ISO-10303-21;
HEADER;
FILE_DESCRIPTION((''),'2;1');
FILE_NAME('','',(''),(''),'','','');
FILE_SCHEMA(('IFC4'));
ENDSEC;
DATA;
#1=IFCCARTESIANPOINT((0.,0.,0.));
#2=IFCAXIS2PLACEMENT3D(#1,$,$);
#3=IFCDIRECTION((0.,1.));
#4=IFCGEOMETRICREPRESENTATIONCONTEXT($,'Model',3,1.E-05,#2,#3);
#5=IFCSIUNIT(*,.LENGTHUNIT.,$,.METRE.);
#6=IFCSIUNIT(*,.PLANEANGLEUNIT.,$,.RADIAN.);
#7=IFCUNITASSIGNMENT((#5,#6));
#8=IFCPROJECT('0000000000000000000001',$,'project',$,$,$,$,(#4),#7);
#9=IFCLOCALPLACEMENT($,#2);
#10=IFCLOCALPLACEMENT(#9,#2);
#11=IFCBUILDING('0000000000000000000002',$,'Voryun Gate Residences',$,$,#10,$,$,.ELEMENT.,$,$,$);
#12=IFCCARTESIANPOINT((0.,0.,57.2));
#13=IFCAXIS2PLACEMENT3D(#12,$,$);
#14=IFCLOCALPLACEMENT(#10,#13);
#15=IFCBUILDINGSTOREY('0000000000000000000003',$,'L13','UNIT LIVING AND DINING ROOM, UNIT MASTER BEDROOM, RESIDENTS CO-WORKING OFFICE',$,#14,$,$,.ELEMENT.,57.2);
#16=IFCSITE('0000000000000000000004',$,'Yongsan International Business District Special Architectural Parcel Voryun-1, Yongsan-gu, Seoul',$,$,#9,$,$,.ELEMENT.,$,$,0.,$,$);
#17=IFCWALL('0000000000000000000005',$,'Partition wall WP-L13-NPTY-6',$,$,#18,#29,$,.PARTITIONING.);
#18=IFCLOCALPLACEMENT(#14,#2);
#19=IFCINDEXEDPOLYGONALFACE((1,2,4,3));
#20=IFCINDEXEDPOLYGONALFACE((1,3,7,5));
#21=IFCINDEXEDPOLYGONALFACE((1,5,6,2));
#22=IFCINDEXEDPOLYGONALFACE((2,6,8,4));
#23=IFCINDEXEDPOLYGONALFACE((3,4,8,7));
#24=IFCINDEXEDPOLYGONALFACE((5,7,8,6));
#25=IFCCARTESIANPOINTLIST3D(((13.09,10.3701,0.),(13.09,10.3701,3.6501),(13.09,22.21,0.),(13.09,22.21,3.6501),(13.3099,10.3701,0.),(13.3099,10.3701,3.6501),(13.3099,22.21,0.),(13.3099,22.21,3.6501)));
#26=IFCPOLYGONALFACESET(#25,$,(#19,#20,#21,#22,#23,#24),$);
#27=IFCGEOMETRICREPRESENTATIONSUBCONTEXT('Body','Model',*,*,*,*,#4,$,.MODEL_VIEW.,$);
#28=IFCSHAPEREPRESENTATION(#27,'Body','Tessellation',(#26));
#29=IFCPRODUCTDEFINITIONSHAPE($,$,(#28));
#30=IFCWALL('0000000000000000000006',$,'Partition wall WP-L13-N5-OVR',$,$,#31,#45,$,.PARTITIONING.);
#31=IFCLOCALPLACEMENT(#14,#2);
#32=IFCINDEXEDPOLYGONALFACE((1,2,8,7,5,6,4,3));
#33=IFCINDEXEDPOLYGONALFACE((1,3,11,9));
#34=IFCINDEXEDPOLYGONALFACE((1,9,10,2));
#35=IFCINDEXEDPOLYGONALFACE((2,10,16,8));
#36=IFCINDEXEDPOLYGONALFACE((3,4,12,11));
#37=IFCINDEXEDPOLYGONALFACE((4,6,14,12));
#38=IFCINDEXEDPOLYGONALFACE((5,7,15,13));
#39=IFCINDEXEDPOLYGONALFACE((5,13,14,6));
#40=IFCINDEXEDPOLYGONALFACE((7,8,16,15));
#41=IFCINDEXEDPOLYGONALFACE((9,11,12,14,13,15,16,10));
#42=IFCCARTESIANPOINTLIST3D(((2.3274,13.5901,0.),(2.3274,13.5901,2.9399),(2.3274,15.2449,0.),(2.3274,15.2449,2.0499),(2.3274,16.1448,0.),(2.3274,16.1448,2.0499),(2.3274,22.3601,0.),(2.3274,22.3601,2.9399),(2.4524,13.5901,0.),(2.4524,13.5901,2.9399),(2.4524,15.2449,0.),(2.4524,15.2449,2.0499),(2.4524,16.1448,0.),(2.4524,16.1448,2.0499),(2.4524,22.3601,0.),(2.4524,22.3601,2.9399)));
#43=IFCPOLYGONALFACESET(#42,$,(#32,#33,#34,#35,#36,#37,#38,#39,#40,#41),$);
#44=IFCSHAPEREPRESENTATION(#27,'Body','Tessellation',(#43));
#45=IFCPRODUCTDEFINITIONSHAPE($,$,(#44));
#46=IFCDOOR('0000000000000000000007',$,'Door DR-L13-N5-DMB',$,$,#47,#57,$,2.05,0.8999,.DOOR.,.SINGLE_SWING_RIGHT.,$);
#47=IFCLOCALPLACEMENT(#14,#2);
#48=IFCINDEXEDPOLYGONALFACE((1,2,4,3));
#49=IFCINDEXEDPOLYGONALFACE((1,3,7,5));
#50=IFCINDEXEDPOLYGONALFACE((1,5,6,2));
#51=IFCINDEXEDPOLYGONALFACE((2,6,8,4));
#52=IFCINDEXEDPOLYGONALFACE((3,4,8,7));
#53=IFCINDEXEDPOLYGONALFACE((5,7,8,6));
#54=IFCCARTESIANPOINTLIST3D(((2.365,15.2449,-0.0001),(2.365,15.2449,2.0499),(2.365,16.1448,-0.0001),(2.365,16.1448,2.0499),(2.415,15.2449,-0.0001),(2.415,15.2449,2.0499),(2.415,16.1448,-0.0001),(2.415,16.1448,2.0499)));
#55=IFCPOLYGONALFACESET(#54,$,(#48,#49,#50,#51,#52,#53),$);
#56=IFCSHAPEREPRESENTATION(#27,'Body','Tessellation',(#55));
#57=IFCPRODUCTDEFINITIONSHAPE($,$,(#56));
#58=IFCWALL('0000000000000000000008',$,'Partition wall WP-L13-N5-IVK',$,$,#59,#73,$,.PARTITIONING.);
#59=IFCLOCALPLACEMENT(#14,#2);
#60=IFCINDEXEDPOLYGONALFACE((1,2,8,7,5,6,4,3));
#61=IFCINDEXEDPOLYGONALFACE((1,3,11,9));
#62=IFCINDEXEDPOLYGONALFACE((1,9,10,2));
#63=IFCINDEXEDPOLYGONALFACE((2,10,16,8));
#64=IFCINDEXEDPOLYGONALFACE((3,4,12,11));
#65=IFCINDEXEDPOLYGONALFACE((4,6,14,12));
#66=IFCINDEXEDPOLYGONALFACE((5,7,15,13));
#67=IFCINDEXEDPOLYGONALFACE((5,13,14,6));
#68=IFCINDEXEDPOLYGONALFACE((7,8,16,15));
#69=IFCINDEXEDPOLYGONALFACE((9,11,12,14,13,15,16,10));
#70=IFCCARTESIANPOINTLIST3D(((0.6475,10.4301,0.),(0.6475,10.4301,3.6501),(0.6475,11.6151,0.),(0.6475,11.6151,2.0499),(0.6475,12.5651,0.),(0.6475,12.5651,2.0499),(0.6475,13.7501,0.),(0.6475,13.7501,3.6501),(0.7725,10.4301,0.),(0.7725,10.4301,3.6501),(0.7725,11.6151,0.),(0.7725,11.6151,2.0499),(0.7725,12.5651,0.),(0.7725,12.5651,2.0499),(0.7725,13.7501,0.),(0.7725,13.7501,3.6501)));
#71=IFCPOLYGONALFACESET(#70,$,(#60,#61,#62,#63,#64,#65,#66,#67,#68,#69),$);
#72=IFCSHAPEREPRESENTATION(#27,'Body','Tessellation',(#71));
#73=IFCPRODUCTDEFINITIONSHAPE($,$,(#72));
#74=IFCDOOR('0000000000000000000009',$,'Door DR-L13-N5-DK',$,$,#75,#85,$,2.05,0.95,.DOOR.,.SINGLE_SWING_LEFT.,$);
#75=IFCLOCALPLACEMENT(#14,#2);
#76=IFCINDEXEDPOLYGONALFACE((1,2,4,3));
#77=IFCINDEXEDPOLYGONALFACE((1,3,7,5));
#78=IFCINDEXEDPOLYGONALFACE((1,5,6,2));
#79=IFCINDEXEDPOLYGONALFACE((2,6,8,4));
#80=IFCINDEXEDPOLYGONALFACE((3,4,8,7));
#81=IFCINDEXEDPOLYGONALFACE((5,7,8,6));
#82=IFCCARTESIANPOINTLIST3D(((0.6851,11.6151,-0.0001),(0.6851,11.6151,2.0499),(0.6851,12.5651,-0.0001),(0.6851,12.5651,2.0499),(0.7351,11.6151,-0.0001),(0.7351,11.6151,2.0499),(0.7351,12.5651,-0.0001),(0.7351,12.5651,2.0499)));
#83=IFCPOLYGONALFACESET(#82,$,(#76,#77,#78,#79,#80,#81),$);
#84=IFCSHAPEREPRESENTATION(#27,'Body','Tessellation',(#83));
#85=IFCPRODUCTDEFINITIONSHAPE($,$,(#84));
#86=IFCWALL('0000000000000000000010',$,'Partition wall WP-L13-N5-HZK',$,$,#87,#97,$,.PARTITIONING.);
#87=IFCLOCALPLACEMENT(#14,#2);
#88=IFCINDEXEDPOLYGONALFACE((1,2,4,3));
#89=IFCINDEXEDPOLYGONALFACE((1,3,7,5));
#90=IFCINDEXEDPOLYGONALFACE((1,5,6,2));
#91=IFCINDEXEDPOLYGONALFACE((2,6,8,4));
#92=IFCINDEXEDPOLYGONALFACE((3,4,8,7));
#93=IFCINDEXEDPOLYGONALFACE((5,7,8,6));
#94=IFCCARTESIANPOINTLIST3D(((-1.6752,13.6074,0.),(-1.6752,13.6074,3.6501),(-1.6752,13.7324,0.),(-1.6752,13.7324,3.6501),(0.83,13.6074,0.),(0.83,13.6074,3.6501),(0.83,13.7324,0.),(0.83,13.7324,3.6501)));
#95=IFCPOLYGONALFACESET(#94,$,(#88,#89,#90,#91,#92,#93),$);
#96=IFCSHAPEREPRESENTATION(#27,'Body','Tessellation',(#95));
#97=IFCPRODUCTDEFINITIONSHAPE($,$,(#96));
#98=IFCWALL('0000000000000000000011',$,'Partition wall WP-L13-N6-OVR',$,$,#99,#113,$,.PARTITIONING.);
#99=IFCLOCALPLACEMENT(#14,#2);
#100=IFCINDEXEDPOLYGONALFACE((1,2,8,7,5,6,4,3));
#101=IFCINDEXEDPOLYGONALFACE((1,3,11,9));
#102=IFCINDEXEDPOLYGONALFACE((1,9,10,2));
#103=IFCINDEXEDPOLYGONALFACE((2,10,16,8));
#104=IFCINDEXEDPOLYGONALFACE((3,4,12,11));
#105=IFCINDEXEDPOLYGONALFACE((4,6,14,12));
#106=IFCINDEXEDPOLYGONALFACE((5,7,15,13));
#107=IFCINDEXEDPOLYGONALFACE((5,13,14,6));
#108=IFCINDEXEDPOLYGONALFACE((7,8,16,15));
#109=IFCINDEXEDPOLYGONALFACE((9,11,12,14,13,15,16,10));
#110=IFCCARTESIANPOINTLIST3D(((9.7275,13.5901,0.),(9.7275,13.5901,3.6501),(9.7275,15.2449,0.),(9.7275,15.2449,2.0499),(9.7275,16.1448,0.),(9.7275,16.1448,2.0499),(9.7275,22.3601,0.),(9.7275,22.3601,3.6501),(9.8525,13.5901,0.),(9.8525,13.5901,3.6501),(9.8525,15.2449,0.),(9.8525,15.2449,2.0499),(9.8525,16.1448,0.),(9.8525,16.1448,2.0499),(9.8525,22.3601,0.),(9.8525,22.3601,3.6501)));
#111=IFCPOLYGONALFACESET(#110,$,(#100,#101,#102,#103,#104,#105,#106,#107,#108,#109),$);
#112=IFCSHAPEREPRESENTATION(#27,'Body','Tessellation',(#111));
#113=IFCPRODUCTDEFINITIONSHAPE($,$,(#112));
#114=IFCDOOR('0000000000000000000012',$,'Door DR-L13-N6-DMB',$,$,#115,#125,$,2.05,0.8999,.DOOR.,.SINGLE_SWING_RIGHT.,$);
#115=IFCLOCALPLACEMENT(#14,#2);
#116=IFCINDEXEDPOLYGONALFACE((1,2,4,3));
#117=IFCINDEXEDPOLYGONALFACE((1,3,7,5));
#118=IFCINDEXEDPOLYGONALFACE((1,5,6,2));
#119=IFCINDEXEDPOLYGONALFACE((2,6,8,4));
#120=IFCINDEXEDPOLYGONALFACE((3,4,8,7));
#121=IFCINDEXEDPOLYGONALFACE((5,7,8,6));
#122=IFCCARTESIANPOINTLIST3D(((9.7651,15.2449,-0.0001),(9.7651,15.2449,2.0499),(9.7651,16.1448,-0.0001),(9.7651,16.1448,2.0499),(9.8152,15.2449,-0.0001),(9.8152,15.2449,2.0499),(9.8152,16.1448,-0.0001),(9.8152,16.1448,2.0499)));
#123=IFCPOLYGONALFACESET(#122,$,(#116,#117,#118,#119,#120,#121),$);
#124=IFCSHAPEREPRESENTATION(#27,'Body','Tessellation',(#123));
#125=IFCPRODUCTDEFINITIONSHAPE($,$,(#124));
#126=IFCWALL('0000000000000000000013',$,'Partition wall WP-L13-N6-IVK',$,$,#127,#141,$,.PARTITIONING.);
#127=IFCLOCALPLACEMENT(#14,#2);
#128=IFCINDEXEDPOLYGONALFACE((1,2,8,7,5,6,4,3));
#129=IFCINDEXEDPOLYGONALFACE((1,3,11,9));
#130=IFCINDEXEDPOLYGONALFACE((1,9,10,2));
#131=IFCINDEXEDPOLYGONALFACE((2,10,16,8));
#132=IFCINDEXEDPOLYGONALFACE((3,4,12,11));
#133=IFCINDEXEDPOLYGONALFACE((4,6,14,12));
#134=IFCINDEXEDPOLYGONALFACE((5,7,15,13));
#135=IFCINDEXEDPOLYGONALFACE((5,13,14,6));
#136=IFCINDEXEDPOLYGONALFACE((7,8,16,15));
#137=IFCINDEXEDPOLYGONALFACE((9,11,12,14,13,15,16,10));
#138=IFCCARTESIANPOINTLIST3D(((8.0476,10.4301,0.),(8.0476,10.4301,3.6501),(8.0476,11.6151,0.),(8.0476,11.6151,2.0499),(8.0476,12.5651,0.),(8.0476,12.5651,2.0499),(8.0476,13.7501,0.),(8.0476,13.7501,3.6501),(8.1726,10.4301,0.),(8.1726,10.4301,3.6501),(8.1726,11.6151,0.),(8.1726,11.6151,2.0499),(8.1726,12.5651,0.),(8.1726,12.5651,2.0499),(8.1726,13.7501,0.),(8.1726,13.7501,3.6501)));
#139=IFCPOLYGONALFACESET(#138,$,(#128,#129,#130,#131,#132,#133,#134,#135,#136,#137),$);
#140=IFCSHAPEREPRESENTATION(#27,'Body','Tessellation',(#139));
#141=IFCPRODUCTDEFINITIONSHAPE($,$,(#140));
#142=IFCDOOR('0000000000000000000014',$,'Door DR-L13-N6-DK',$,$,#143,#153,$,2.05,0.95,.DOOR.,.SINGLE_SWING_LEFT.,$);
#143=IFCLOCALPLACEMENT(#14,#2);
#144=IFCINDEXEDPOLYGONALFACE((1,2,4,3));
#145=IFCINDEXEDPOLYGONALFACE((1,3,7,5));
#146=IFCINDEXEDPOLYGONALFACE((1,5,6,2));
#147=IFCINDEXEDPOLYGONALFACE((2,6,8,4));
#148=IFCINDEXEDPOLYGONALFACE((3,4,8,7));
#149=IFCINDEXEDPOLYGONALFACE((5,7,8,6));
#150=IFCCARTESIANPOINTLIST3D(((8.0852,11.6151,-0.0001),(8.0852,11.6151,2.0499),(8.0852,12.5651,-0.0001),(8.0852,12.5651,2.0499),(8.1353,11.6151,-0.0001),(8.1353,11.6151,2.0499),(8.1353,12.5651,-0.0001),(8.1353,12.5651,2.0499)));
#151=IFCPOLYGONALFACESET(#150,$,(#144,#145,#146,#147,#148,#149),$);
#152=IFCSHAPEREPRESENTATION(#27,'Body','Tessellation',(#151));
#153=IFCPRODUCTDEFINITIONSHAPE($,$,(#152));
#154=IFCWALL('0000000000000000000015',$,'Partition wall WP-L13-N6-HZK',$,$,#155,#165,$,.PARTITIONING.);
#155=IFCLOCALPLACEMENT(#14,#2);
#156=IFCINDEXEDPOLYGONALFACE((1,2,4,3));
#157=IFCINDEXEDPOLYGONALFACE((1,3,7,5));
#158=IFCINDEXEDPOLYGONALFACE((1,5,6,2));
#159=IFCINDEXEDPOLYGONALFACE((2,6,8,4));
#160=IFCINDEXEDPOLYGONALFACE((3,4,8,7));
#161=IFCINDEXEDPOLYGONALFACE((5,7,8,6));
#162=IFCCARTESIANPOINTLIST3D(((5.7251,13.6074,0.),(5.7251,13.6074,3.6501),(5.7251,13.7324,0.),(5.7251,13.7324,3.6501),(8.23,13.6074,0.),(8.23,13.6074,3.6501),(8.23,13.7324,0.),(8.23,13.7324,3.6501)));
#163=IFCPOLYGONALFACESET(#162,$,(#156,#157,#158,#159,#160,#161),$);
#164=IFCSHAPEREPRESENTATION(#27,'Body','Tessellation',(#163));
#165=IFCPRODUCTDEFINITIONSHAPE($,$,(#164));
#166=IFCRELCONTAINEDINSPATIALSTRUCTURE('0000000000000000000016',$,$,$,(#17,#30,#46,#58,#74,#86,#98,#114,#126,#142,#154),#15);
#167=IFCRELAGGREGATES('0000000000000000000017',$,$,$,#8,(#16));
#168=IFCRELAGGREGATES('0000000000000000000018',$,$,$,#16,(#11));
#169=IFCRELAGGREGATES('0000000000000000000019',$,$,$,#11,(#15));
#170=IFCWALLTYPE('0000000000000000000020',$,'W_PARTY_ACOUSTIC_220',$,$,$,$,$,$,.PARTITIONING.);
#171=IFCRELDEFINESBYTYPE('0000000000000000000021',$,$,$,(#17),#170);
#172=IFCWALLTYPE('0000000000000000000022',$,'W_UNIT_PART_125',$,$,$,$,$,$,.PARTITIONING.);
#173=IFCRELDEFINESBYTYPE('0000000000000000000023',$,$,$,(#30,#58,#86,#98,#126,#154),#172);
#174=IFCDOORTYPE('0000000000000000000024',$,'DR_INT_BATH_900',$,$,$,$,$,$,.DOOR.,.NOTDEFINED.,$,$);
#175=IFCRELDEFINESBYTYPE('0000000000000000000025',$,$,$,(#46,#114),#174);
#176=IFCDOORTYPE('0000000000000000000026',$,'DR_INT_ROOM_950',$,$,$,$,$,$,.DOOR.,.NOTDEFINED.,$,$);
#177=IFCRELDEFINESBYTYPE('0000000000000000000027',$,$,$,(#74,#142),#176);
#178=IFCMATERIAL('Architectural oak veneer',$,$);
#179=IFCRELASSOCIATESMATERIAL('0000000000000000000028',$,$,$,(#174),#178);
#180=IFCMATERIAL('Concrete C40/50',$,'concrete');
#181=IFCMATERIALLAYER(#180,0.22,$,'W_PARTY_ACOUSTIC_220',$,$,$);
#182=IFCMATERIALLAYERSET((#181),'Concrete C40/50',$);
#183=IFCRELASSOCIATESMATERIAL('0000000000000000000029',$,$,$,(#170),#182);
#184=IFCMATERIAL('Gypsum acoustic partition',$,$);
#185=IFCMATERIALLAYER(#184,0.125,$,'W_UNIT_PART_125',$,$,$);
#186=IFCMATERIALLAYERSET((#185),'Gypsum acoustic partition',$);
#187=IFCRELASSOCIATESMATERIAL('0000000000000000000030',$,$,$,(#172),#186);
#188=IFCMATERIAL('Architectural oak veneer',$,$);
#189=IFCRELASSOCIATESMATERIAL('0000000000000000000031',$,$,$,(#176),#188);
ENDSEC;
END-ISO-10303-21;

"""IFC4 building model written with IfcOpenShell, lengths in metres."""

from ifc_helpers import new_model, si_unit, direction, frame, frame_2d, origin, place, context, subcontext, project, spatial, rectangle, extrude, material, layer, layer_set, type_object, element, fill, save


model = new_model("IFC4")

# Units and contexts
model_context = context("Model", 3, precision=1e-05, world=origin(), true_north=direction((0.0, 1.0)))
body_context = subcontext(model_context, "Body", "Model", "MODEL_VIEW")
ifc_project = project(units=[si_unit("LENGTHUNIT", "METRE"), si_unit("PLANEANGLEUNIT", "RADIAN")], contexts=[model_context])

# Site, building, storey
site_placement = place(None, origin())
site = spatial("IfcSite", under=ifc_project, at=site_placement, Name="Yongsan International Business District Special Architectural Parcel Voryun-1, Yongsan-gu, Seoul", CompositionType="ELEMENT", RefElevation=0.0)
building_placement = place(site_placement, origin())
building = spatial("IfcBuilding", under=site, at=building_placement, Name="Voryun Gate Residences", CompositionType="ELEMENT")
storey_placement = place(building_placement, frame((0.0, 0.0, 57.2)))
storey = spatial("IfcBuildingStorey", under=building, at=storey_placement, Name="L13", Description="UNIT LIVING AND DINING ROOM, UNIT MASTER BEDROOM, RESIDENTS CO-WORKING OFFICE", CompositionType="ELEMENT", Elevation=57.2)

# Shared definitions
ifc_material_1 = material(Name="Architectural oak veneer")
door_type_1 = type_object("IfcDoorType", Name="DR_INT_BATH_900", OperationType="NOTDEFINED", PredefinedType="DOOR", material=ifc_material_1)

# Wall
ifc_material_2 = material(Name="Concrete C40/50", Category="concrete")
ifc_layer_1 = layer(ifc_material_2, 0.22, Name="W_PARTY_ACOUSTIC_220")
ifc_layer_set_1 = layer_set([ifc_layer_1], Name="Concrete C40/50")
wall_type_1 = type_object("IfcWallType", Name="W_PARTY_ACOUSTIC_220", PredefinedType="PARTITIONING", material=ifc_layer_set_1)
for number, where, z_axis, x_axis, name in (
    (1, (13.2, 10.3701, 0.0), (0.0, 0.0, 1.0), (0.0, 1.0, 0.0), "Partition wall WP-L13-NPTY-6"),
):
    element("IfcWall", number, at=place(storey_placement, frame(where, z_axis=z_axis, x_axis=x_axis)), inside=storey, type_object=wall_type_1, Name=name, PredefinedType="PARTITIONING", context=body_context, shape_type="SweptSolid", body=[
        extrude(rectangle(XDim=11.8398, YDim=0.22, at=frame_2d((5.9199, 0.0))), origin(), (0.0, 0.0, 1.0), 3.6501),
    ])

# Walls, openings, doors
ifc_material_3 = material(Name="Gypsum acoustic partition")
ifc_layer_2 = layer(ifc_material_3, 0.125, Name="W_UNIT_PART_125")
ifc_layer_set_2 = layer_set([ifc_layer_2], Name="Gypsum acoustic partition")
wall_type_2 = type_object("IfcWallType", Name="W_UNIT_PART_125", PredefinedType="PARTITIONING", material=ifc_layer_set_2)
wall_1_placement = place(storey_placement, frame((2.3899, 13.5901, 0.0), z_axis=(0.0, 0.0, 1.0), x_axis=(0.0, 1.0, 0.0)))
wall_1 = element("IfcWall", 2, at=wall_1_placement, inside=storey, type_object=wall_type_2, Name="Partition wall WP-L13-N5-OVR", PredefinedType="PARTITIONING", context=body_context, shape_type="SweptSolid", body=[
    extrude(rectangle(XDim=8.77, YDim=0.125, at=frame_2d((4.385, 0.0))), origin(), (0.0, 0.0, 1.0), 2.9399),
])
opening_1_placement = place(wall_1_placement, frame((1.6548, 0.0, 0.0)))
opening_1 = element("IfcOpeningElement", 3, at=opening_1_placement, cuts=wall_1, PredefinedType="OPENING", context=body_context, shape_type="SweptSolid", body=[
    extrude(rectangle(XDim=0.8999, YDim=2.05, at=frame_2d((0.45, 1.0249))), frame((0.0, 0.0725, 0.0), z_axis=(0.0, -1.0, 0.0), x_axis=(1.0, 0.0, 0.0)), (0.0, 0.0, 1.0), 0.145),
])
door_1_placement = place(opening_1_placement, origin())
door_1 = element("IfcDoor", 4, at=door_1_placement, inside=storey, type_object=door_type_1, Name="Door DR-L13-N5-DMB", OperationType="SINGLE_SWING_RIGHT", OverallHeight=2.05, OverallWidth=0.8999, PredefinedType="DOOR", context=body_context, shape_type="SweptSolid", body=[
    extrude(rectangle(XDim=0.8999, YDim=2.05, at=frame_2d((0.45, 1.0249))), frame((0.0, 0.0249, 0.0), z_axis=(0.0, -1.0, 0.0), x_axis=(1.0, 0.0, 0.0)), (0.0, 0.0, 1.0), 0.05),
])
fill(opening_1, door_1)
wall_2_placement = place(storey_placement, frame((0.71, 10.4299, 0.0), z_axis=(0.0, 0.0, 1.0), x_axis=(0.0, 1.0, 0.0)))
wall_2 = element("IfcWall", 5, at=wall_2_placement, inside=storey, type_object=wall_type_2, Name="Partition wall WP-L13-N5-IVK", PredefinedType="PARTITIONING", context=body_context, shape_type="SweptSolid", body=[
    extrude(rectangle(XDim=3.3201, YDim=0.125, at=frame_2d((1.6602, 0.0))), origin(), (0.0, 0.0, 1.0), 3.6501),
])
opening_2_placement = place(wall_2_placement, frame((1.1851, 0.0, 0.0)))
opening_2 = element("IfcOpeningElement", 6, at=opening_2_placement, cuts=wall_2, PredefinedType="OPENING", context=body_context, shape_type="SweptSolid", body=[
    extrude(rectangle(XDim=0.95, YDim=2.05, at=frame_2d((0.4751, 1.0249))), frame((0.0, 0.0725, 0.0), z_axis=(0.0, -1.0, 0.0), x_axis=(1.0, 0.0, 0.0)), (0.0, 0.0, 1.0), 0.145),
])
ifc_material_4 = material(Name="Architectural oak veneer")
door_type_2 = type_object("IfcDoorType", Name="DR_INT_ROOM_950", OperationType="NOTDEFINED", PredefinedType="DOOR", material=ifc_material_4)
door_2_placement = place(opening_2_placement, origin())
door_2 = element("IfcDoor", 7, at=door_2_placement, inside=storey, type_object=door_type_2, Name="Door DR-L13-N5-DK", OperationType="SINGLE_SWING_LEFT", OverallHeight=2.05, OverallWidth=0.95, PredefinedType="DOOR", context=body_context, shape_type="SweptSolid", body=[
    extrude(rectangle(XDim=0.95, YDim=2.05, at=frame_2d((0.4751, 1.0249))), frame((0.0, 0.0249, 0.0), z_axis=(0.0, -1.0, 0.0), x_axis=(1.0, 0.0, 0.0)), (0.0, 0.0, 1.0), 0.05),
])
fill(opening_2, door_2)

# Wall
wall_3_placement = place(storey_placement, frame((-1.675, 13.6699, 0.0), z_axis=(0.0, 0.0, 1.0), x_axis=(1.0, 0.0, 0.0)))
element("IfcWall", 8, at=wall_3_placement, inside=storey, type_object=wall_type_2, Name="Partition wall WP-L13-N5-HZK", PredefinedType="PARTITIONING", context=body_context, shape_type="SweptSolid", body=[
    extrude(rectangle(XDim=2.5051, YDim=0.125, at=frame_2d((1.2524, 0.0))), origin(), (0.0, 0.0, 1.0), 3.6501),
])

# Walls, openings, doors
wall_4_placement = place(storey_placement, frame((9.79, 13.5901, 0.0), z_axis=(0.0, 0.0, 1.0), x_axis=(0.0, 1.0, 0.0)))
wall_4 = element("IfcWall", 9, at=wall_4_placement, inside=storey, type_object=wall_type_2, Name="Partition wall WP-L13-N6-OVR", PredefinedType="PARTITIONING", context=body_context, shape_type="SweptSolid", body=[
    extrude(rectangle(XDim=8.77, YDim=0.125, at=frame_2d((4.385, 0.0))), origin(), (0.0, 0.0, 1.0), 3.6501),
])
opening_3_placement = place(wall_4_placement, frame((1.6548, 0.0, 0.0)))
opening_3 = element("IfcOpeningElement", 10, at=opening_3_placement, cuts=wall_4, PredefinedType="OPENING", context=body_context, shape_type="SweptSolid", body=[
    extrude(rectangle(XDim=0.8999, YDim=2.05, at=frame_2d((0.45, 1.0249))), frame((0.0, 0.0725, 0.0), z_axis=(0.0, -1.0, 0.0), x_axis=(1.0, 0.0, 0.0)), (0.0, 0.0, 1.0), 0.145),
])
door_3_placement = place(opening_3_placement, origin())
door_3 = element("IfcDoor", 11, at=door_3_placement, inside=storey, type_object=door_type_1, Name="Door DR-L13-N6-DMB", OperationType="SINGLE_SWING_RIGHT", OverallHeight=2.05, OverallWidth=0.8999, PredefinedType="DOOR", context=body_context, shape_type="SweptSolid", body=[
    extrude(rectangle(XDim=0.8999, YDim=2.05, at=frame_2d((0.45, 1.0249))), frame((0.0, 0.0249, 0.0), z_axis=(0.0, -1.0, 0.0), x_axis=(1.0, 0.0, 0.0)), (0.0, 0.0, 1.0), 0.05),
])
fill(opening_3, door_3)
wall_5_placement = place(storey_placement, frame((8.1101, 10.4299, 0.0), z_axis=(0.0, 0.0, 1.0), x_axis=(0.0, 1.0, 0.0)))
wall_5 = element("IfcWall", 12, at=wall_5_placement, inside=storey, type_object=wall_type_2, Name="Partition wall WP-L13-N6-IVK", PredefinedType="PARTITIONING", context=body_context, shape_type="SweptSolid", body=[
    extrude(rectangle(XDim=3.3201, YDim=0.125, at=frame_2d((1.6602, 0.0))), origin(), (0.0, 0.0, 1.0), 3.6501),
])
opening_4_placement = place(wall_5_placement, frame((1.1851, 0.0, 0.0)))
opening_4 = element("IfcOpeningElement", 13, at=opening_4_placement, cuts=wall_5, PredefinedType="OPENING", context=body_context, shape_type="SweptSolid", body=[
    extrude(rectangle(XDim=0.95, YDim=2.05, at=frame_2d((0.4751, 1.0249))), frame((0.0, 0.0725, 0.0), z_axis=(0.0, -1.0, 0.0), x_axis=(1.0, 0.0, 0.0)), (0.0, 0.0, 1.0), 0.145),
])
door_4_placement = place(opening_4_placement, origin())
door_4 = element("IfcDoor", 14, at=door_4_placement, inside=storey, type_object=door_type_2, Name="Door DR-L13-N6-DK", OperationType="SINGLE_SWING_LEFT", OverallHeight=2.05, OverallWidth=0.95, PredefinedType="DOOR", context=body_context, shape_type="SweptSolid", body=[
    extrude(rectangle(XDim=0.95, YDim=2.05, at=frame_2d((0.4751, 1.0249))), frame((0.0, 0.0249, 0.0), z_axis=(0.0, -1.0, 0.0), x_axis=(1.0, 0.0, 0.0)), (0.0, 0.0, 1.0), 0.05),
])
fill(opening_4, door_4)

# Wall
wall_6_placement = place(storey_placement, frame((5.7251, 13.6699, 0.0), z_axis=(0.0, 0.0, 1.0), x_axis=(1.0, 0.0, 0.0)))
element("IfcWall", 15, at=wall_6_placement, inside=storey, type_object=wall_type_2, Name="Partition wall WP-L13-N6-HZK", PredefinedType="PARTITIONING", context=body_context, shape_type="SweptSolid", body=[
    extrude(rectangle(XDim=2.5049, YDim=0.125, at=frame_2d((1.2524, 0.0))), origin(), (0.0, 0.0, 1.0), 3.6501),
])

save(model, "model.ifc")
